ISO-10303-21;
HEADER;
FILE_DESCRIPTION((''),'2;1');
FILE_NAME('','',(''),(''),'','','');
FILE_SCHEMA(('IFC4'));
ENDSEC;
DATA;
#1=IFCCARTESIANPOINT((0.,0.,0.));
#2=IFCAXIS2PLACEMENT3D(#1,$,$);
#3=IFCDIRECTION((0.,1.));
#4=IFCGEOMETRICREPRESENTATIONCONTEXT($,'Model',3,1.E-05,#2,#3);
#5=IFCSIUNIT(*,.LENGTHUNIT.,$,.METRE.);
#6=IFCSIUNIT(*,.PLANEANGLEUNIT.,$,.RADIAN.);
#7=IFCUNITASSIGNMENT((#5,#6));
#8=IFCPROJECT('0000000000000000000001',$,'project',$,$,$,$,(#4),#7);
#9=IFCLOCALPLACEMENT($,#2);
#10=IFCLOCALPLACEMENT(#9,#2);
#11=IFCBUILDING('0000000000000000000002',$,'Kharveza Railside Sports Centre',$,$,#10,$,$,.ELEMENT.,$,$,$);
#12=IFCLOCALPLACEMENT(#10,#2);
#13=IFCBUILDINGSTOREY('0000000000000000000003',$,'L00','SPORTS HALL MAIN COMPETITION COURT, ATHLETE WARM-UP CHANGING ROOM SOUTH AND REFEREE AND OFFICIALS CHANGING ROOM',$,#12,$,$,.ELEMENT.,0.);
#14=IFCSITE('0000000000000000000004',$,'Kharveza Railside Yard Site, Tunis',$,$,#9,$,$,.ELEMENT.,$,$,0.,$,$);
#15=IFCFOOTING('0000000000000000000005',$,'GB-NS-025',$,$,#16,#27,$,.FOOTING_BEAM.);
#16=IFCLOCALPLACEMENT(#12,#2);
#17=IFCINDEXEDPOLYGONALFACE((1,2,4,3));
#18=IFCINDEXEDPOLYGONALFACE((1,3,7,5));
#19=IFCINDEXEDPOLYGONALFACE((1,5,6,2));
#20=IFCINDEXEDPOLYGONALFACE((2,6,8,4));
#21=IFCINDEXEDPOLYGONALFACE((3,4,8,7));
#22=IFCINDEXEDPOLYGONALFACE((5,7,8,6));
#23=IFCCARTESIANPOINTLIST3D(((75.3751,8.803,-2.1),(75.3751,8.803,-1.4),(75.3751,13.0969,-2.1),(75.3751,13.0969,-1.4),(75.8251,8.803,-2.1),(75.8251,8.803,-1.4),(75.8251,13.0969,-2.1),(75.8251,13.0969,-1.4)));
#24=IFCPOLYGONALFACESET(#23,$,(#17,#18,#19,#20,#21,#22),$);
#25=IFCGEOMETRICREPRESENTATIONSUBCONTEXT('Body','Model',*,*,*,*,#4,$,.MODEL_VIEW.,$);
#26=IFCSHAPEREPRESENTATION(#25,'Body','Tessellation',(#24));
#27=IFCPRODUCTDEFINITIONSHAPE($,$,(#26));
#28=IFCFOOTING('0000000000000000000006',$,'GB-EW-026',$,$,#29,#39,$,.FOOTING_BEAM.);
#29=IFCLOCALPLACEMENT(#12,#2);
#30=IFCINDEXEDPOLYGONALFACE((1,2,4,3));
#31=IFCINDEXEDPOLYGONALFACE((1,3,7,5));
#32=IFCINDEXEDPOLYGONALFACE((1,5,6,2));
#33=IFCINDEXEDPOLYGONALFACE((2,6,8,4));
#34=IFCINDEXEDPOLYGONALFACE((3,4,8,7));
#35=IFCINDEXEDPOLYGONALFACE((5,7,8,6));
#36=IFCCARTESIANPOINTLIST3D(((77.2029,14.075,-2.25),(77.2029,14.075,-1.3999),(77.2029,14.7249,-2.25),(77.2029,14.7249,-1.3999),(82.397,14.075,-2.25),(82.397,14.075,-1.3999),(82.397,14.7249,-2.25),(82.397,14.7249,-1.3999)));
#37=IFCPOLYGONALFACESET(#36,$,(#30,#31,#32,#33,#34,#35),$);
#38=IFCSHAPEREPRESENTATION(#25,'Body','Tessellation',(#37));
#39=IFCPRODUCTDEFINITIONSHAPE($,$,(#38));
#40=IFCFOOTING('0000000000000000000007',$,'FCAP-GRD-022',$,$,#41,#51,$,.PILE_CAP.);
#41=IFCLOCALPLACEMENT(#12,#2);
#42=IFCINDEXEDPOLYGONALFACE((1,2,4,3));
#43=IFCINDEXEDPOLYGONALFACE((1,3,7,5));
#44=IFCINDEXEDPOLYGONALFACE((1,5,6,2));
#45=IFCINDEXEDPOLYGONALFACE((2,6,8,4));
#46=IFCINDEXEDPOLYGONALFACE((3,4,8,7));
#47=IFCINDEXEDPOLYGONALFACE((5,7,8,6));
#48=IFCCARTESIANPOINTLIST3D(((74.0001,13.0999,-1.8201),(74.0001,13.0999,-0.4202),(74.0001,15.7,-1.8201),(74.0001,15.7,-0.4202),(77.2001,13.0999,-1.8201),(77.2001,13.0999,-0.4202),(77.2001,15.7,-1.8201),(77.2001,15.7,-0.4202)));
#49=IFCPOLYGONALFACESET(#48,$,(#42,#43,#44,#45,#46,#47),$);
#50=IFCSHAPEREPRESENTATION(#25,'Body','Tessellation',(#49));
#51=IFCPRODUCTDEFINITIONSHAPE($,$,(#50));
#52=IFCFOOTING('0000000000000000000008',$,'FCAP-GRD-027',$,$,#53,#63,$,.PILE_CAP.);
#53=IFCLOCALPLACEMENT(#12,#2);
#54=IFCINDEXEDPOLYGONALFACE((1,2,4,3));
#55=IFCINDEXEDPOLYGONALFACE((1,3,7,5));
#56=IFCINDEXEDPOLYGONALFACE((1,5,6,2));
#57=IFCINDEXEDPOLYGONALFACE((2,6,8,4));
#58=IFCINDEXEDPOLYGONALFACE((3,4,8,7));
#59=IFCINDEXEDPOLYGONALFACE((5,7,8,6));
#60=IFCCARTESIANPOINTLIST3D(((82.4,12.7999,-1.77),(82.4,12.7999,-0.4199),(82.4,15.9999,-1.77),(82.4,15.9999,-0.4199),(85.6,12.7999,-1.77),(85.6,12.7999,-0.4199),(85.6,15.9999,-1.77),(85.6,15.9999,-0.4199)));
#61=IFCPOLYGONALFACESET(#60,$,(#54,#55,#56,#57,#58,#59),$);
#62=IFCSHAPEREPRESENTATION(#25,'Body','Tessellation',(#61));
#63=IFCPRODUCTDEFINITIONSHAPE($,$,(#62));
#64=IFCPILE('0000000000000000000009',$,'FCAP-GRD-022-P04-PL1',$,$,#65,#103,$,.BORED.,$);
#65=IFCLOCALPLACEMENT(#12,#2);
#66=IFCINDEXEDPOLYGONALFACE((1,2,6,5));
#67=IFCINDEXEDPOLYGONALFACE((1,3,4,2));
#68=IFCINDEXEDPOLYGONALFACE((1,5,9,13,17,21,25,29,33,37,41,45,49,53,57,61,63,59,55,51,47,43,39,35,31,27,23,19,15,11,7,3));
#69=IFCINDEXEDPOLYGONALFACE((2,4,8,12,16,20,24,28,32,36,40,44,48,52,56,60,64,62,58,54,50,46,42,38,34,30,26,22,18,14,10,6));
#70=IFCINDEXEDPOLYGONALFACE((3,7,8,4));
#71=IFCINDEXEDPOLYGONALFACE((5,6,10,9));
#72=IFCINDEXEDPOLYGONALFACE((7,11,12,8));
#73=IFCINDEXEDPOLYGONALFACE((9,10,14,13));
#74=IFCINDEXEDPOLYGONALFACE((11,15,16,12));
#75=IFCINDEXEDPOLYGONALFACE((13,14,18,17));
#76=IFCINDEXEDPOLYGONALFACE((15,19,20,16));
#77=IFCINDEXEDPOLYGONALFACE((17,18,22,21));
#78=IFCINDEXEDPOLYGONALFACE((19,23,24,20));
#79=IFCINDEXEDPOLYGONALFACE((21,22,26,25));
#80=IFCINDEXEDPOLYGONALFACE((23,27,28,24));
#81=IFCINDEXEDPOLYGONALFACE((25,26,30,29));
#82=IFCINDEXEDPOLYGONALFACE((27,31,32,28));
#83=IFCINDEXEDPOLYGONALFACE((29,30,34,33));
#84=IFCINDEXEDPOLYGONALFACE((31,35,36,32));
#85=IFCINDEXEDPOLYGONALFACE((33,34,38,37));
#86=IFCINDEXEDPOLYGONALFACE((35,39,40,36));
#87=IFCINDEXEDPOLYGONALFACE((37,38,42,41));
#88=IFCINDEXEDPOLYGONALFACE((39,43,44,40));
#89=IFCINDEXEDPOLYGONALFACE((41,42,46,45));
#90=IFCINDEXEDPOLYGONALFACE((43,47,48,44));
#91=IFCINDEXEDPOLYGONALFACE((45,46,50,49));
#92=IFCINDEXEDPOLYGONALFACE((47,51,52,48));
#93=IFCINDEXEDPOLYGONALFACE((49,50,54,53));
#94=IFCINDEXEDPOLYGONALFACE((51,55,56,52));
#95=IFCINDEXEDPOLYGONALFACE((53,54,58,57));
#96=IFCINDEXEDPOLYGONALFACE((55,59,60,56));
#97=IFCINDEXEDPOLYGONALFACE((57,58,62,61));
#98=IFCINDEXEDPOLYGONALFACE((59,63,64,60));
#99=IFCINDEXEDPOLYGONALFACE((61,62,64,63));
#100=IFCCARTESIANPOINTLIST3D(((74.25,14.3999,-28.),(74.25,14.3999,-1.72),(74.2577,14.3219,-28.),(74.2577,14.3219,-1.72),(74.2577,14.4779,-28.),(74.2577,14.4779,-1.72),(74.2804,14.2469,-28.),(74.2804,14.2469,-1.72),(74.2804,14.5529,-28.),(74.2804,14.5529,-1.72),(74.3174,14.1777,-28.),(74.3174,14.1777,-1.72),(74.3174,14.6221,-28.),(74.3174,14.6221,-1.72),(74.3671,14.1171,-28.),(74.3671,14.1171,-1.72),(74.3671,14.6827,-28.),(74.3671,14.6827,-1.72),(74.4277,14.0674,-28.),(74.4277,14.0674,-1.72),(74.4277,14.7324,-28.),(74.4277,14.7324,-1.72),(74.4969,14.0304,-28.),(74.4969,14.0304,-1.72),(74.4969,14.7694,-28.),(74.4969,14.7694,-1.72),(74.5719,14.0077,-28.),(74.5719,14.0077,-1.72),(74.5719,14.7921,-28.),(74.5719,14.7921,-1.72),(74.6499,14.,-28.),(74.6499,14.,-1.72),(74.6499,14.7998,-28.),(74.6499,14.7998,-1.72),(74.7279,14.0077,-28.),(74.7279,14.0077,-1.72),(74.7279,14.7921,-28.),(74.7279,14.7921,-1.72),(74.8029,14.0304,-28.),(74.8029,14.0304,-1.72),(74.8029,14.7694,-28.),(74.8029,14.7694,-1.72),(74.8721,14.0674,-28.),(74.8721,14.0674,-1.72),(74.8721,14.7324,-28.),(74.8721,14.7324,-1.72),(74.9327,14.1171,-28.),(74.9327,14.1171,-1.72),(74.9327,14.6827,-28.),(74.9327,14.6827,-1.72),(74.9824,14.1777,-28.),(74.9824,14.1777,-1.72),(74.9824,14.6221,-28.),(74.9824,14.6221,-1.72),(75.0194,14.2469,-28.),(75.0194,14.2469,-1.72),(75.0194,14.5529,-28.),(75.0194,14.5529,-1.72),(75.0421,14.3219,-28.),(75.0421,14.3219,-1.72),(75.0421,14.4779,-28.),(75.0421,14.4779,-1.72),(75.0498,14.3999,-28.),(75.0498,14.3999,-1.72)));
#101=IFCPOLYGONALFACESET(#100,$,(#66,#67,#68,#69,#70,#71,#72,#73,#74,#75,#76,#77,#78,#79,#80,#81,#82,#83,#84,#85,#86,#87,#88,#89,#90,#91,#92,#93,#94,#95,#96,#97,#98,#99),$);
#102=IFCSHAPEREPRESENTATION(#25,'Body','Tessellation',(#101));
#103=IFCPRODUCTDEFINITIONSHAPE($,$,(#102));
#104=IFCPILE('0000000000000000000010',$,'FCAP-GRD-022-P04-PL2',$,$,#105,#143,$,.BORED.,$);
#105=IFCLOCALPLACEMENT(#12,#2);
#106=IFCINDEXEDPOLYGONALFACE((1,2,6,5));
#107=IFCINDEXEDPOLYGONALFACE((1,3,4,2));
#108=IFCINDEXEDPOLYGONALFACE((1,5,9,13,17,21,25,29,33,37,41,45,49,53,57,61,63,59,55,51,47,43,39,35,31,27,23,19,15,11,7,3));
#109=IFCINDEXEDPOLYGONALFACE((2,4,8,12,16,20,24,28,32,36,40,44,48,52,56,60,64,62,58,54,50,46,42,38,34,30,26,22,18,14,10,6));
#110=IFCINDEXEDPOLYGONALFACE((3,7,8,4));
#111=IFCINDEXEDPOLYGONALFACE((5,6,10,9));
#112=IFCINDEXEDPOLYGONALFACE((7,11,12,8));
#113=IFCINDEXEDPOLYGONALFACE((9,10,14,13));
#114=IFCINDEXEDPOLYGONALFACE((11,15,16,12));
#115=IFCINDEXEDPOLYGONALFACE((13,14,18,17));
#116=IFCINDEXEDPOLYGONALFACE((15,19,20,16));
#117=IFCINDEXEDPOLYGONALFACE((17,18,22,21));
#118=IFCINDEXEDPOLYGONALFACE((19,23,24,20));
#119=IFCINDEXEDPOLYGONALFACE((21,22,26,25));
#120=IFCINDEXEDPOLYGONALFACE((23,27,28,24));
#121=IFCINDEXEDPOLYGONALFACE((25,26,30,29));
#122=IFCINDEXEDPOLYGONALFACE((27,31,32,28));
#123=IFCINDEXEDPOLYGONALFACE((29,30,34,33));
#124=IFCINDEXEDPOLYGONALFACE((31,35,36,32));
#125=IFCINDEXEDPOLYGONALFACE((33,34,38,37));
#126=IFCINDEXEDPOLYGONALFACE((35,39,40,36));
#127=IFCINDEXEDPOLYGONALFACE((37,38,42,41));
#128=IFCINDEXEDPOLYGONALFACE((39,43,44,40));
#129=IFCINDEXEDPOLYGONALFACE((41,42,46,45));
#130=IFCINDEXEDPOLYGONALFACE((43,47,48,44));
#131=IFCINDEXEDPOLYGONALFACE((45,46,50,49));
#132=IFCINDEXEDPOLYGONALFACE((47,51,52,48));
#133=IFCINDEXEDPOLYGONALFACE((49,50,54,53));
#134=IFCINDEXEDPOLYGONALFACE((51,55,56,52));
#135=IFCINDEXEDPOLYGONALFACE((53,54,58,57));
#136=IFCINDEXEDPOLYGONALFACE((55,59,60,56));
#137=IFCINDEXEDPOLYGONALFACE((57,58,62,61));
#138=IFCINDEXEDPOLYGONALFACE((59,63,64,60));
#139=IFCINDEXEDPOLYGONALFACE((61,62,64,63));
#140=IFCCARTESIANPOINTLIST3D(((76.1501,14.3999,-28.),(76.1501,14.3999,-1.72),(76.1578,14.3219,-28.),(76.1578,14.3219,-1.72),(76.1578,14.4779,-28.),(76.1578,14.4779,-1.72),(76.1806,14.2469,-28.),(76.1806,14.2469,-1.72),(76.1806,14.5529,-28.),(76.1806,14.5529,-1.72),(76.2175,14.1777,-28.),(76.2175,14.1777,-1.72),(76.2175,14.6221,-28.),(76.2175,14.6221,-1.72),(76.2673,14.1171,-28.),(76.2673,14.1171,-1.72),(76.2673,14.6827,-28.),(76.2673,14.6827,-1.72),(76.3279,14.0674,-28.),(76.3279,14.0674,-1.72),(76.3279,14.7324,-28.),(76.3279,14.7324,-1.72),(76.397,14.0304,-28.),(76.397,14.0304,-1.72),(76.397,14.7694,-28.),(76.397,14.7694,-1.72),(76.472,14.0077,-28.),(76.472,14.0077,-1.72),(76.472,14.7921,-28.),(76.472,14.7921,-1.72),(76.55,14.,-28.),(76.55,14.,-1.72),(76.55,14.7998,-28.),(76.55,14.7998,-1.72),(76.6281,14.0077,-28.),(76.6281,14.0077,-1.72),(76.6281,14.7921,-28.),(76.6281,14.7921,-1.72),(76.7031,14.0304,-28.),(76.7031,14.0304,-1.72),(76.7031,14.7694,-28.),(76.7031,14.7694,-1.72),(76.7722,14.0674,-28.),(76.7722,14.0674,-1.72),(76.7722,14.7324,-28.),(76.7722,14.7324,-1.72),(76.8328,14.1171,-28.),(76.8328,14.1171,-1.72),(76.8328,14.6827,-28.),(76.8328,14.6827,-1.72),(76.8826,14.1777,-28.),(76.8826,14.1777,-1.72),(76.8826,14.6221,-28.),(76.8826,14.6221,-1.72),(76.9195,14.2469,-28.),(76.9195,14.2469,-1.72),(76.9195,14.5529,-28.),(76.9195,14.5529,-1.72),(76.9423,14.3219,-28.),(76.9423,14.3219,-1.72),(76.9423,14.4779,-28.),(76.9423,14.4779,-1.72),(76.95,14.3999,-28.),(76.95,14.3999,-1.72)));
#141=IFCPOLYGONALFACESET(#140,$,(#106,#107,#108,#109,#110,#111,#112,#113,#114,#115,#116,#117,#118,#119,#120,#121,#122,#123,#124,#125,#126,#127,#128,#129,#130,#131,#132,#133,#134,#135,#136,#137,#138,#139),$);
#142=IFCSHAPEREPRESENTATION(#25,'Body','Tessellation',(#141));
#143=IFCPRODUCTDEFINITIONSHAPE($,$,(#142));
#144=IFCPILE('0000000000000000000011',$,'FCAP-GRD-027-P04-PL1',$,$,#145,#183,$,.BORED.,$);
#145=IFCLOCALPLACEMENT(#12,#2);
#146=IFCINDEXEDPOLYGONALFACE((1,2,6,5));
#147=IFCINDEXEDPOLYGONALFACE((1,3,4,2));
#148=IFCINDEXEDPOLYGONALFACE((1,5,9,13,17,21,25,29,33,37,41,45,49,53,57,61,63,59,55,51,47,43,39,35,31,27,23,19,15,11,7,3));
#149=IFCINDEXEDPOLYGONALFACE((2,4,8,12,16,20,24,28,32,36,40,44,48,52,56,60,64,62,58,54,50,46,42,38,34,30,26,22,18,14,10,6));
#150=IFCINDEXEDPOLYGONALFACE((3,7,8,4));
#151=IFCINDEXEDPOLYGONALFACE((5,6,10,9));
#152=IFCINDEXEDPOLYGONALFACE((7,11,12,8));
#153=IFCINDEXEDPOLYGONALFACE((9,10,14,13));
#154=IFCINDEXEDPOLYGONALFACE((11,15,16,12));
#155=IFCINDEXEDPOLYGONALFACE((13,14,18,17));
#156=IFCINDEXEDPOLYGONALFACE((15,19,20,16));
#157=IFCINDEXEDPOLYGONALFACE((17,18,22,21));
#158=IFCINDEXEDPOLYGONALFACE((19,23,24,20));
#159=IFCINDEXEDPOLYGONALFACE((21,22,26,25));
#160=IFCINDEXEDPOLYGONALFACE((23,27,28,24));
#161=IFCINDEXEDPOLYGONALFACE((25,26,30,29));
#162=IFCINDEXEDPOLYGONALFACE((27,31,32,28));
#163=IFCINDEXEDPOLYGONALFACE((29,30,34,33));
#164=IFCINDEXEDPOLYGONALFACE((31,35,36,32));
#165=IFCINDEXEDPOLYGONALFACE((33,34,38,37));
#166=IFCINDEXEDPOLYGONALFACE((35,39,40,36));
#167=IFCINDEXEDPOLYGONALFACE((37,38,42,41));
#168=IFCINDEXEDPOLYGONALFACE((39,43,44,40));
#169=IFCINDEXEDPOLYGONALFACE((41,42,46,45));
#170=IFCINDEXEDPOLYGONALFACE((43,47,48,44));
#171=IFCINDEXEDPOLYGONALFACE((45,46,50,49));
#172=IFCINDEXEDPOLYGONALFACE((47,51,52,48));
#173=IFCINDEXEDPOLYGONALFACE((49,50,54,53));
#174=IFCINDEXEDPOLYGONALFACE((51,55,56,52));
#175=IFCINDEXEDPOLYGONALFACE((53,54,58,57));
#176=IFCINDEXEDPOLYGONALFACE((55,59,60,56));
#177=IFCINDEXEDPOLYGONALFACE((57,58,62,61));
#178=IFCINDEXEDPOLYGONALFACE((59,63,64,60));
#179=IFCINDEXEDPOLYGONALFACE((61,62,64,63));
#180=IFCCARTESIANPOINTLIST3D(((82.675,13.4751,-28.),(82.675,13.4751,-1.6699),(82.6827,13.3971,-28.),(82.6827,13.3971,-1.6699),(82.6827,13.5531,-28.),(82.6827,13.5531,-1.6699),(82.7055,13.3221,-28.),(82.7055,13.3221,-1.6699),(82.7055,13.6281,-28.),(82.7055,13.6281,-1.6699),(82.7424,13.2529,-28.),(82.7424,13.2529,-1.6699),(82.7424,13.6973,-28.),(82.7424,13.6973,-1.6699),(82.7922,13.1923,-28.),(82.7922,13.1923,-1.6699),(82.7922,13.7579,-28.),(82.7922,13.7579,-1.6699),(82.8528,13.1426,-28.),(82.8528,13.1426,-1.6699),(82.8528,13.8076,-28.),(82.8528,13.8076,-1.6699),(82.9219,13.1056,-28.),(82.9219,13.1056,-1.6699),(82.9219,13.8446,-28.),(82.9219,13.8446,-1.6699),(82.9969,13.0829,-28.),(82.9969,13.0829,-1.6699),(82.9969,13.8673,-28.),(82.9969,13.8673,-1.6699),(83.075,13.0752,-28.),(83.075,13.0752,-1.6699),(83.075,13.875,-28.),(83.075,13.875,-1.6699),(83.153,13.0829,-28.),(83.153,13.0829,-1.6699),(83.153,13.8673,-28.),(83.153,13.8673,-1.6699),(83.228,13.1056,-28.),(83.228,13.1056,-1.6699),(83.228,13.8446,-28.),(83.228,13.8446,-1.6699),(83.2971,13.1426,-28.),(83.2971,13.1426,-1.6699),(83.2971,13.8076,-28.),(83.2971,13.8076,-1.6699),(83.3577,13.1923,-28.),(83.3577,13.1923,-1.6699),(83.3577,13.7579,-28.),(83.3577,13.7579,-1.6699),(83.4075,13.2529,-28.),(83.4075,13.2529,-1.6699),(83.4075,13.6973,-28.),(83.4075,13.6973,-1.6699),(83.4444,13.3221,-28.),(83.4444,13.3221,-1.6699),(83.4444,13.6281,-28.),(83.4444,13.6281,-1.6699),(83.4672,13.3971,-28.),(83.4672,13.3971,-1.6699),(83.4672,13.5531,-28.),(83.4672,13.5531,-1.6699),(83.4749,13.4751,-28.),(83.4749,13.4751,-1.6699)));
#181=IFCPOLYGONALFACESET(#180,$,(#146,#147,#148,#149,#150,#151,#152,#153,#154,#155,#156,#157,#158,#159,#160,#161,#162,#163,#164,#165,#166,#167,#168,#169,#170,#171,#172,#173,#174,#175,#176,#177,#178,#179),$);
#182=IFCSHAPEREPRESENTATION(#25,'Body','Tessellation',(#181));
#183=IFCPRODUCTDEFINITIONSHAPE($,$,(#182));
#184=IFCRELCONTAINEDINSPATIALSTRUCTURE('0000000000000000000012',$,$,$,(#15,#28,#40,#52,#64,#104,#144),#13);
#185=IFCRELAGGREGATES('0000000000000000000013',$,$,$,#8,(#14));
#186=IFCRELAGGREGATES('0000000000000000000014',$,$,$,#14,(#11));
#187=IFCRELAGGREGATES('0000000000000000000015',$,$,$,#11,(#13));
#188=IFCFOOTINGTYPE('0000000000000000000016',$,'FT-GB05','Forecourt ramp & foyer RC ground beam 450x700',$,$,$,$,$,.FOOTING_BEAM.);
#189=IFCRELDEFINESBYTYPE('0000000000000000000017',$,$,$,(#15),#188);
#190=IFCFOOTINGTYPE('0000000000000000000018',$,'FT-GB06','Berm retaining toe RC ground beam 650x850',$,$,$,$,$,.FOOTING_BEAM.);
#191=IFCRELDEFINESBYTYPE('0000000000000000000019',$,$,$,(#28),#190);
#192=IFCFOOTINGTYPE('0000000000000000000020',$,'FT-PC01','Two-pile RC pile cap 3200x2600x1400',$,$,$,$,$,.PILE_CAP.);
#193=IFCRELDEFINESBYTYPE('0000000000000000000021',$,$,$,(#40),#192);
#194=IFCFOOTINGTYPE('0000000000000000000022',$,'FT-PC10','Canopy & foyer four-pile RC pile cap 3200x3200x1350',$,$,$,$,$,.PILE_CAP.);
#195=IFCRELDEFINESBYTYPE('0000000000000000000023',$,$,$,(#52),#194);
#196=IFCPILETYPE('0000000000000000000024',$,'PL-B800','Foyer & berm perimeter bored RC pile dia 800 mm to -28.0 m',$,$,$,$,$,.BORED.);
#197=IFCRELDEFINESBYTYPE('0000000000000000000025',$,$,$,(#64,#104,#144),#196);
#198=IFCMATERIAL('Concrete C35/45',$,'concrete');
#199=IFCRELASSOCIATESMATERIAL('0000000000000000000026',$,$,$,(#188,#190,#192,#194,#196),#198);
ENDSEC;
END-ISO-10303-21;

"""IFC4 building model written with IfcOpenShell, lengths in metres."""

from ifc_helpers import new_model, si_unit, direction, frame, origin, origin_2d, place, context, subcontext, project, spatial, rectangle, circle, extrude, material, material_profile, profile_set, type_object, element, save


model = new_model("IFC4")

# Units and contexts
model_context = context("Model", 3, precision=1e-05, world=origin(), true_north=direction((0.0, 1.0)))
body_context = subcontext(model_context, "Body", "Model", "MODEL_VIEW")
ifc_project = project(units=[si_unit("LENGTHUNIT", "METRE"), si_unit("PLANEANGLEUNIT", "RADIAN")], contexts=[model_context])

# Site, building, storey
site_placement = place(None, origin())
site = spatial("IfcSite", under=ifc_project, at=site_placement, Name="Kharveza Railside Yard Site, Tunis", CompositionType="ELEMENT", RefElevation=0.0)
building_placement = place(site_placement, origin())
building = spatial("IfcBuilding", under=site, at=building_placement, Name="Kharveza Railside Sports Centre", CompositionType="ELEMENT")
storey_placement = place(building_placement, origin())
storey = spatial("IfcBuildingStorey", under=building, at=storey_placement, Name="L00", Description="SPORTS HALL MAIN COMPETITION COURT, ATHLETE WARM-UP CHANGING ROOM SOUTH AND REFEREE AND OFFICIALS CHANGING ROOM", CompositionType="ELEMENT", Elevation=0.0)

# Footings
ifc_material_1 = material(Name="Concrete C35/45", Category="concrete")
ifc_material_profile_1 = material_profile(ifc_material_1, rectangle(XDim=0.45, YDim=0.7, at=origin_2d()), Name="GB 450x700")
ifc_profile_set_1 = profile_set([ifc_material_profile_1], Name="Concrete C35/45")
footing_type_1 = type_object("IfcFootingType", Name="FT-GB05", Description="Forecourt ramp & foyer RC ground beam 450x700", PredefinedType="FOOTING_BEAM", material=ifc_profile_set_1)
footing_1_placement = place(storey_placement, frame((75.6001, 8.803, -1.75), z_axis=(0.0, 1.0, 0.0), x_axis=(-1.0, 0.0, 0.0)))
element("IfcFooting", 1, at=footing_1_placement, inside=storey, type_object=footing_type_1, Name="GB-NS-025", PredefinedType="FOOTING_BEAM", context=body_context, shape_type="SweptSolid", body=[
    extrude(rectangle(XDim=0.45, YDim=0.7, at=origin_2d()), origin(), (0.0, 0.0, 1.0), 4.2939),
])
ifc_material_profile_2 = material_profile(ifc_material_1, rectangle(XDim=0.6499, YDim=0.8501, at=origin_2d()), Name="GB 650x850")
ifc_profile_set_2 = profile_set([ifc_material_profile_2], Name="Concrete C35/45")
footing_type_2 = type_object("IfcFootingType", Name="FT-GB06", Description="Berm retaining toe RC ground beam 650x850", PredefinedType="FOOTING_BEAM", material=ifc_profile_set_2)
footing_2_placement = place(storey_placement, frame((77.2029, 14.3999, -1.825), z_axis=(1.0, 0.0, 0.0), x_axis=(0.0, 1.0, 0.0)))
element("IfcFooting", 2, at=footing_2_placement, inside=storey, type_object=footing_type_2, Name="GB-EW-026", PredefinedType="FOOTING_BEAM", context=body_context, shape_type="SweptSolid", body=[
    extrude(rectangle(XDim=0.6499, YDim=0.8501, at=origin_2d()), origin(), (0.0, 0.0, 1.0), 5.1941),
])
footing_type_3 = type_object("IfcFootingType", Name="FT-PC01", Description="Two-pile RC pile cap 3200x2600x1400", PredefinedType="PILE_CAP", material=ifc_material_1)
footing_3_placement = place(storey_placement, frame((75.6001, 14.3999, -1.8201), z_axis=(0.0, 0.0, 1.0), x_axis=(1.0, 0.0, 0.0)))
element("IfcFooting", 3, at=footing_3_placement, inside=storey, type_object=footing_type_3, Name="FCAP-GRD-022", PredefinedType="PILE_CAP", context=body_context, shape_type="SweptSolid", body=[
    extrude(rectangle(XDim=3.2, YDim=2.6001, at=origin_2d()), origin(), (0.0, 0.0, 1.0), 1.3999),
])
footing_type_4 = type_object("IfcFootingType", Name="FT-PC10", Description="Canopy & foyer four-pile RC pile cap 3200x3200x1350", PredefinedType="PILE_CAP", material=ifc_material_1)
footing_4_placement = place(storey_placement, frame((84.0, 14.3999, -1.77), z_axis=(0.0, 0.0, 1.0), x_axis=(1.0, 0.0, 0.0)))
element("IfcFooting", 4, at=footing_4_placement, inside=storey, type_object=footing_type_4, Name="FCAP-GRD-027", PredefinedType="PILE_CAP", context=body_context, shape_type="SweptSolid", body=[
    extrude(rectangle(XDim=3.2, YDim=3.2, at=origin_2d()), origin(), (0.0, 0.0, 1.0), 1.3501),
])

# Piles
ifc_material_profile_3 = material_profile(ifc_material_1, circle(Radius=0.3999, at=origin_2d()), Name="PILE D800")
ifc_profile_set_3 = profile_set([ifc_material_profile_3], Name="Concrete C35/45")
pile_type = type_object("IfcPileType", Name="PL-B800", Description="Foyer & berm perimeter bored RC pile dia 800 mm to -28.0 m", PredefinedType="BORED", material=ifc_profile_set_3)
for number, where, z_axis, x_axis, name in (
    (5, (74.6499, 14.3999, -1.72), (0.0, 0.0, -1.0), (1.0, 0.0, 0.0), "FCAP-GRD-022-P04-PL1"),
    (6, (76.55, 14.3999, -1.72), (0.0, 0.0, -1.0), (1.0, 0.0, 0.0), "FCAP-GRD-022-P04-PL2"),
):
    element("IfcPile", number, at=place(storey_placement, frame(where, z_axis=z_axis, x_axis=x_axis)), inside=storey, type_object=pile_type, Name=name, PredefinedType="BORED", context=body_context, shape_type="SweptSolid", body=[
        extrude(circle(Radius=0.3999, at=origin_2d()), origin(), (0.0, 0.0, 1.0), 26.28),
    ])
pile_placement = place(storey_placement, frame((83.075, 13.4751, -1.6699), z_axis=(0.0, 0.0, -1.0), x_axis=(1.0, 0.0, 0.0)))
element("IfcPile", 7, at=pile_placement, inside=storey, type_object=pile_type, Name="FCAP-GRD-027-P04-PL1", PredefinedType="BORED", context=body_context, shape_type="SweptSolid", body=[
    extrude(circle(Radius=0.3999, at=origin_2d()), origin(), (0.0, 0.0, 1.0), 26.3301),
])

save(model, "model.ifc")
